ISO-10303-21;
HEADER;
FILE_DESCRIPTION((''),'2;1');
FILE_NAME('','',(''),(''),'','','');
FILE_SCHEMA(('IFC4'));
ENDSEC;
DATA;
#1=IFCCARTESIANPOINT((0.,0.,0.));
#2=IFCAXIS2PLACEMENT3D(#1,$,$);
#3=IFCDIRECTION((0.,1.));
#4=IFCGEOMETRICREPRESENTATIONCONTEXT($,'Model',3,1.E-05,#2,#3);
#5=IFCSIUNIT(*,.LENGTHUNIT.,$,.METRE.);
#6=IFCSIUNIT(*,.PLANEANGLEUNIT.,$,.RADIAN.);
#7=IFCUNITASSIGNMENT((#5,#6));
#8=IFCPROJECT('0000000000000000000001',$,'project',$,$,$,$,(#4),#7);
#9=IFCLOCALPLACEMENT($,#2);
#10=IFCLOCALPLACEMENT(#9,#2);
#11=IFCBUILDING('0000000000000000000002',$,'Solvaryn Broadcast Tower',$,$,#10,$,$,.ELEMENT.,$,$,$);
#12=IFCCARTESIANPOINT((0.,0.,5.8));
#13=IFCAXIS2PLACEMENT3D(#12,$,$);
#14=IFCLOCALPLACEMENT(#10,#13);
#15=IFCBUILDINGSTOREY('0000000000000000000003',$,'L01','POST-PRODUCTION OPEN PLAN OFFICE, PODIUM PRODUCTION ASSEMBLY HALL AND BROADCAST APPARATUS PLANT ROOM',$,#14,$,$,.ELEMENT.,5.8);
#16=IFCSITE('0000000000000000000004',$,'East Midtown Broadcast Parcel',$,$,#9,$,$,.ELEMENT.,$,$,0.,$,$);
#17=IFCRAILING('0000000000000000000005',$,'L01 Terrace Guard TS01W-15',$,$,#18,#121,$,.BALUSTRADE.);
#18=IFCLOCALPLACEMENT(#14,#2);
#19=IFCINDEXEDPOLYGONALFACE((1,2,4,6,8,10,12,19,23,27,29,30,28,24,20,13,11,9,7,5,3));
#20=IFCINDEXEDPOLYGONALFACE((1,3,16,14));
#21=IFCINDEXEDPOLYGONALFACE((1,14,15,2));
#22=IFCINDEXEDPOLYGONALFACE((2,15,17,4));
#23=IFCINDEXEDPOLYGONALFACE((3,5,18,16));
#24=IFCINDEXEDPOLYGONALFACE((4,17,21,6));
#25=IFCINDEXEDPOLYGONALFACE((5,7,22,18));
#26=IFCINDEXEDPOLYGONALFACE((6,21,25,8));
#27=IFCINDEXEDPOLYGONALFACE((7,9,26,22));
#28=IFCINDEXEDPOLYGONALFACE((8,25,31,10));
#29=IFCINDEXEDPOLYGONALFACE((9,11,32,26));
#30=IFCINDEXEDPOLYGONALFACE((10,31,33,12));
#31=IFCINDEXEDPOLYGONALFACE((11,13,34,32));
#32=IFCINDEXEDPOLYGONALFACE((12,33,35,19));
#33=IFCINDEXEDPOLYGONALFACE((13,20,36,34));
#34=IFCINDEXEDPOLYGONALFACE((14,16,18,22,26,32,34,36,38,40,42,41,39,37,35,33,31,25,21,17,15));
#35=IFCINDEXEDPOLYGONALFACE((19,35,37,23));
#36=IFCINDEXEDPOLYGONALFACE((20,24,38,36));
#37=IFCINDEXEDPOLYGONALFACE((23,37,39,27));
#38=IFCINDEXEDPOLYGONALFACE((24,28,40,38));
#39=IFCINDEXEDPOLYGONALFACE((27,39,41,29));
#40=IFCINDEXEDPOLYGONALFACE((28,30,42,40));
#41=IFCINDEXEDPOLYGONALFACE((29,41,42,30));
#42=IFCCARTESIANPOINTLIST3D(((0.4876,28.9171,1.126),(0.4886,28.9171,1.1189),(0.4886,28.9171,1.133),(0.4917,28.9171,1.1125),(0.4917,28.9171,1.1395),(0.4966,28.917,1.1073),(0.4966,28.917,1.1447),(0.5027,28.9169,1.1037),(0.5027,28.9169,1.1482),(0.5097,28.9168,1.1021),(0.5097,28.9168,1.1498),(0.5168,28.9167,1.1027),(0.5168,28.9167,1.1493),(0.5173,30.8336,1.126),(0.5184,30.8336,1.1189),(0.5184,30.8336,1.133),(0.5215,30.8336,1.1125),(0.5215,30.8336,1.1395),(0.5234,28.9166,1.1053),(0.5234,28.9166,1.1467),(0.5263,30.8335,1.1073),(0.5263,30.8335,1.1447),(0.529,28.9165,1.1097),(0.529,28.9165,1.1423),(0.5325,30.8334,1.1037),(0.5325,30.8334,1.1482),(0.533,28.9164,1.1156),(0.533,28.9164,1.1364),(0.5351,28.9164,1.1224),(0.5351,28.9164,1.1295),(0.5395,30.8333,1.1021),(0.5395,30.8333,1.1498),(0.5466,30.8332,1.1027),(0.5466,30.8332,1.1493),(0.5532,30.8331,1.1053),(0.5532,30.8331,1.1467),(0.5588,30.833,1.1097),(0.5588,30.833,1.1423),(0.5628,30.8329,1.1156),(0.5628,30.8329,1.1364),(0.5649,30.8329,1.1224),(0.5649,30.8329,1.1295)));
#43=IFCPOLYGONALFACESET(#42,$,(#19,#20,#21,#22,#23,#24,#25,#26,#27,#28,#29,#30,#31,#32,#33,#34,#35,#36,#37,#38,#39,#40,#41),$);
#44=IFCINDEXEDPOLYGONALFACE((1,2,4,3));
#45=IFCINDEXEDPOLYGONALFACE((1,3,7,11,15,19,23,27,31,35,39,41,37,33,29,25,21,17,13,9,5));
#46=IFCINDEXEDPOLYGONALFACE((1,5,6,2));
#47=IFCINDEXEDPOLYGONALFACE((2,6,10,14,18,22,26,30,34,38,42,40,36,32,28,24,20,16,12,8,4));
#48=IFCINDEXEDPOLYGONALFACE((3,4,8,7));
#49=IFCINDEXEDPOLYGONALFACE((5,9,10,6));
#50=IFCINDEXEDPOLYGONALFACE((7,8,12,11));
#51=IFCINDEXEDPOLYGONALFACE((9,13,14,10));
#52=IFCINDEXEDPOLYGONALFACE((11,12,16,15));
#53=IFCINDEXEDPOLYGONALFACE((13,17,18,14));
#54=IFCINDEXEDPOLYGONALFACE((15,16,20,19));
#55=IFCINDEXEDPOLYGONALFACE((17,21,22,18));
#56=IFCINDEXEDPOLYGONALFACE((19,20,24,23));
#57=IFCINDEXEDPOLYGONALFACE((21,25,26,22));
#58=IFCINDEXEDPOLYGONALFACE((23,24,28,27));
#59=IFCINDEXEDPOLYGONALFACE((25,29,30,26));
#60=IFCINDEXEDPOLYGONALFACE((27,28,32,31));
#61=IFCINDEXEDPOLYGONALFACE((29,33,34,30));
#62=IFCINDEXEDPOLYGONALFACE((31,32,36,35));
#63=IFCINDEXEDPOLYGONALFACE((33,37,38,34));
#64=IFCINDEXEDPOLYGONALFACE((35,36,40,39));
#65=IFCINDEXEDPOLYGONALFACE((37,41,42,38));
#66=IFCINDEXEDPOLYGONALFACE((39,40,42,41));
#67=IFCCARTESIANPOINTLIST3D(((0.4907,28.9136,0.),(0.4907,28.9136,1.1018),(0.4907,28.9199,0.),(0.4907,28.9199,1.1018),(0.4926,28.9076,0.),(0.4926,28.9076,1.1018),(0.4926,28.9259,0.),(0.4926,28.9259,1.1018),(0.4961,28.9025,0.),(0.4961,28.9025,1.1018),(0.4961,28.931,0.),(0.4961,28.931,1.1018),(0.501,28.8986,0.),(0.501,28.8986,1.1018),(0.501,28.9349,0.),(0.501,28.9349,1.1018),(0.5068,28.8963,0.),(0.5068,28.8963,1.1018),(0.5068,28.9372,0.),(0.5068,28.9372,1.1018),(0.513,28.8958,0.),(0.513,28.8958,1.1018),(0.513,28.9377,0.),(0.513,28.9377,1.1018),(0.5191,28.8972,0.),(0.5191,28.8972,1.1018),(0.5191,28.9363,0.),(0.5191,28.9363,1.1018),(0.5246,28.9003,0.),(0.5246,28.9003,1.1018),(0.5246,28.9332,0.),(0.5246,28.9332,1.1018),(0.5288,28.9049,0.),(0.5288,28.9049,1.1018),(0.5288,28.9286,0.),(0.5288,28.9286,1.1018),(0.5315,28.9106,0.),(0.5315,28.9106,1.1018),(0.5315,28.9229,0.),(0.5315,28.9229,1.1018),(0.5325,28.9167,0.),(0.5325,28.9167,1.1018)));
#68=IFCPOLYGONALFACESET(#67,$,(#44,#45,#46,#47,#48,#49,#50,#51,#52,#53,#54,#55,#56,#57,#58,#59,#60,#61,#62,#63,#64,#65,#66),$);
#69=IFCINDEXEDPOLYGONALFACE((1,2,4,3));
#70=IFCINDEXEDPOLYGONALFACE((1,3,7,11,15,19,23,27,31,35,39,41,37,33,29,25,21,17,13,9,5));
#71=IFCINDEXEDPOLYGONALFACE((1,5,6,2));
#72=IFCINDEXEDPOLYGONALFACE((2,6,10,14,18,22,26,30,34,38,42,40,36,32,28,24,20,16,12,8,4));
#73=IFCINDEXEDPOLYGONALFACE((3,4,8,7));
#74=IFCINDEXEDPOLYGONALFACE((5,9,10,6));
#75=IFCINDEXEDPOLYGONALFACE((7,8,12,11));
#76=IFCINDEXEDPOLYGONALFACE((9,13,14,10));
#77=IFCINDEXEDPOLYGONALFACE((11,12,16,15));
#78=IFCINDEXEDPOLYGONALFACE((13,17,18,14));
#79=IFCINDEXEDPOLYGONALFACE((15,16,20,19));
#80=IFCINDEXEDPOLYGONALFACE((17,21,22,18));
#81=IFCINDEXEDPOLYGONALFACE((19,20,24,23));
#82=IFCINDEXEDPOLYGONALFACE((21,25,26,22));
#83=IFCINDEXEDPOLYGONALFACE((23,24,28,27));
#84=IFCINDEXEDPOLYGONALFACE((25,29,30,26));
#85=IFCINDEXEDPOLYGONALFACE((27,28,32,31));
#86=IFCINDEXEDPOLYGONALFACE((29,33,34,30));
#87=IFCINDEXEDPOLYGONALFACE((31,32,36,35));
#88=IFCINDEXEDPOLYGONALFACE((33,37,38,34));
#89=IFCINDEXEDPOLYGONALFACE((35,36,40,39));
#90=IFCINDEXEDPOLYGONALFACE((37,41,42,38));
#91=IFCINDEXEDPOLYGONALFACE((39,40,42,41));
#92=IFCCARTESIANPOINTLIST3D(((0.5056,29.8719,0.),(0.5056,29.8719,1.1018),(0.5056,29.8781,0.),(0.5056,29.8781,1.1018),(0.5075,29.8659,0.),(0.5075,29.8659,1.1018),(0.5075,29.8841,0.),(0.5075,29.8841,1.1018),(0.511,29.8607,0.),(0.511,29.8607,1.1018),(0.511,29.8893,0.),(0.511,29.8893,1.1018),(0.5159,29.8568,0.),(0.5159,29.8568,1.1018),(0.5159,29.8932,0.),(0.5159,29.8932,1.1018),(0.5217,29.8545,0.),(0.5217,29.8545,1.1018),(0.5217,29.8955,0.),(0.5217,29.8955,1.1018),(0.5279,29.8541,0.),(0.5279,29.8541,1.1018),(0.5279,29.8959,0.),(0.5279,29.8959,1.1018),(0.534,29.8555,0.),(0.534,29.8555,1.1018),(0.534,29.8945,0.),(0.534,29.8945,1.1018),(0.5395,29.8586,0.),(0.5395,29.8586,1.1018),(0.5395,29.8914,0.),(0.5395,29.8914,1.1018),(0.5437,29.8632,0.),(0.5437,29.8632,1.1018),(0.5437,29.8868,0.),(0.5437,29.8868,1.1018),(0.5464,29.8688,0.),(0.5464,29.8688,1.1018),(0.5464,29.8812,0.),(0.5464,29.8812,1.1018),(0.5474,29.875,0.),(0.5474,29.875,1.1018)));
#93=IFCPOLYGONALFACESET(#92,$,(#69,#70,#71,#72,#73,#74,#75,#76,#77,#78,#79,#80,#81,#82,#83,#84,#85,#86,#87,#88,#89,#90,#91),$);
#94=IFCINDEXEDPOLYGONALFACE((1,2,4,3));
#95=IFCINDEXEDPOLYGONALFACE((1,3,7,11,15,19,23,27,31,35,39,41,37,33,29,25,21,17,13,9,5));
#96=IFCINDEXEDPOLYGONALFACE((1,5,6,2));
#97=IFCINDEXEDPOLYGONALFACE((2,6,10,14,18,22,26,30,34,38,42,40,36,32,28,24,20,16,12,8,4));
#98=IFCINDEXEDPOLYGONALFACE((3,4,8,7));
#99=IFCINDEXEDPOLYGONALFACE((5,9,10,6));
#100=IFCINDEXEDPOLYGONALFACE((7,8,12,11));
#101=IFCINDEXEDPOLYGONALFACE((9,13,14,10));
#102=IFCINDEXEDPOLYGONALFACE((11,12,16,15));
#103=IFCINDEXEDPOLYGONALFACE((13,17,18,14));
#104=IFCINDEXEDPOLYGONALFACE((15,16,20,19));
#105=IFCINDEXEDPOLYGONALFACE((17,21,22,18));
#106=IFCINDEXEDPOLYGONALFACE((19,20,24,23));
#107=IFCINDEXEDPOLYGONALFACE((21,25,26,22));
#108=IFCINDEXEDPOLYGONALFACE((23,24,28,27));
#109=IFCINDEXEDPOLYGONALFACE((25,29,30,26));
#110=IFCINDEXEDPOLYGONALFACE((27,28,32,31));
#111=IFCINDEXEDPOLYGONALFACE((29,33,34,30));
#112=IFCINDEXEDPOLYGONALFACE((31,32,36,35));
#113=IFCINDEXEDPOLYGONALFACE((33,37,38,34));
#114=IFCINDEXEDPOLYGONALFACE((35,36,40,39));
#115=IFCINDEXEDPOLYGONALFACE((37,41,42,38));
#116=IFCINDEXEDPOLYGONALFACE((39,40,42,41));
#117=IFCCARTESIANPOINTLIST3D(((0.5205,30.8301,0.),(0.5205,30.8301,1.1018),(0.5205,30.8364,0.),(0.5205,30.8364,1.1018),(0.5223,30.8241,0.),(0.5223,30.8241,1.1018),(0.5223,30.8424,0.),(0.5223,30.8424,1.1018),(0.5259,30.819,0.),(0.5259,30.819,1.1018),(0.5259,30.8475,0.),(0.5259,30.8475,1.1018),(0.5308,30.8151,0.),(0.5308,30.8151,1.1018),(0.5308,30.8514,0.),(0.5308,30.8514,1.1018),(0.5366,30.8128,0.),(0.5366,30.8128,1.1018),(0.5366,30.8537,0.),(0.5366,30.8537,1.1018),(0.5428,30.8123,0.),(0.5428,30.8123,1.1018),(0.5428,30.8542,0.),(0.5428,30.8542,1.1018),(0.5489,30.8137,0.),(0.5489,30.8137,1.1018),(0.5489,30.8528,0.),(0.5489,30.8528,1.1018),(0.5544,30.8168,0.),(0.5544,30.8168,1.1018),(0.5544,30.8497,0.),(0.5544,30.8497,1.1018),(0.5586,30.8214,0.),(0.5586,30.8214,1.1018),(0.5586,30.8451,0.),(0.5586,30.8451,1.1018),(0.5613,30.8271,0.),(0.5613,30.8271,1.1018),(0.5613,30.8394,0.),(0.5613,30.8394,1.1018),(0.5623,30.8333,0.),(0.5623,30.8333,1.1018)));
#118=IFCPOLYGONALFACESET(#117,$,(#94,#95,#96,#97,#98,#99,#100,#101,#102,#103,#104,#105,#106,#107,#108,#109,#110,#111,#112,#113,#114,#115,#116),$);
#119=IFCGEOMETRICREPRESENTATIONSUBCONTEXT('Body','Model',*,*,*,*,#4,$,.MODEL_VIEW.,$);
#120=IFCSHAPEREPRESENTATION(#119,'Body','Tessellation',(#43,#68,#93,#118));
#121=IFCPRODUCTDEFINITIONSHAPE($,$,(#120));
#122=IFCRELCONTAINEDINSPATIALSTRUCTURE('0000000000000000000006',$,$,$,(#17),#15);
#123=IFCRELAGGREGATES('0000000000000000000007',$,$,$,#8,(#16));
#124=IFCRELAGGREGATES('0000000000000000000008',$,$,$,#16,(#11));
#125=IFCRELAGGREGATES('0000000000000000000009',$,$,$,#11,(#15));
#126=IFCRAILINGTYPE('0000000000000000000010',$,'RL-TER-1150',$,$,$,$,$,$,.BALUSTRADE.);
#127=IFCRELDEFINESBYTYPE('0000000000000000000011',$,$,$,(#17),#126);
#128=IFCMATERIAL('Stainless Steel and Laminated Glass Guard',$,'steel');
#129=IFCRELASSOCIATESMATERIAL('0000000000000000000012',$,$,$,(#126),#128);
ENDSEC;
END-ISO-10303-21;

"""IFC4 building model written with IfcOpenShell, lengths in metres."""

from ifc_helpers import new_model, si_unit, direction, frame, origin, origin_2d, place, context, subcontext, project, spatial, circle, extrude, material, type_object, element, save


model = new_model("IFC4")

# Units and contexts
model_context = context("Model", 3, precision=1e-05, world=origin(), true_north=direction((0.0, 1.0)))
body_context = subcontext(model_context, "Body", "Model", "MODEL_VIEW")
ifc_project = project(units=[si_unit("LENGTHUNIT", "METRE"), si_unit("PLANEANGLEUNIT", "RADIAN")], contexts=[model_context])

# Site, building, storey
site_placement = place(None, origin())
site = spatial("IfcSite", under=ifc_project, at=site_placement, Name="East Midtown Broadcast Parcel", CompositionType="ELEMENT", RefElevation=0.0)
building_placement = place(site_placement, origin())
building = spatial("IfcBuilding", under=site, at=building_placement, Name="Solvaryn Broadcast Tower", CompositionType="ELEMENT")
storey_placement = place(building_placement, frame((0.0, 0.0, 5.8)))
storey = spatial("IfcBuildingStorey", under=building, at=storey_placement, Name="L01", Description="POST-PRODUCTION OPEN PLAN OFFICE, PODIUM PRODUCTION ASSEMBLY HALL AND BROADCAST APPARATUS PLANT ROOM", CompositionType="ELEMENT", Elevation=5.8)

# Railing
ifc_material_1 = material(Name="Stainless Steel and Laminated Glass Guard", Category="steel")
railing_type_1 = type_object("IfcRailingType", Name="RL-TER-1150", PredefinedType="BALUSTRADE", material=ifc_material_1)
railing_1_placement = place(storey_placement, frame((0.5115, 28.9167, 0.0)))
element("IfcRailing", 1, at=railing_1_placement, inside=storey, type_object=railing_type_1, Name="L01 Terrace Guard TS01W-15", PredefinedType="BALUSTRADE", context=body_context, shape_type="SweptSolid", body=[
    extrude(circle(Radius=0.0239, at=origin_2d()), frame((0.0, 0.0, 1.126), z_axis=(0.01554, 0.999879, 0.0), x_axis=(-0.999879, 0.01554, 0.0)), (0.0, 0.0, 1.0), 1.9167),
    extrude(circle(Radius=0.021, at=origin_2d()), origin(), (0.0, 0.0, 1.0), 1.1018),
    extrude(circle(Radius=0.021, at=origin_2d()), frame((0.0149, 0.9583, 0.0)), (0.0, 0.0, 1.0), 1.1018),
    extrude(circle(Radius=0.021, at=origin_2d()), frame((0.0298, 1.9165, 0.0)), (0.0, 0.0, 1.0), 1.1018),
])

save(model, "model.ifc")
